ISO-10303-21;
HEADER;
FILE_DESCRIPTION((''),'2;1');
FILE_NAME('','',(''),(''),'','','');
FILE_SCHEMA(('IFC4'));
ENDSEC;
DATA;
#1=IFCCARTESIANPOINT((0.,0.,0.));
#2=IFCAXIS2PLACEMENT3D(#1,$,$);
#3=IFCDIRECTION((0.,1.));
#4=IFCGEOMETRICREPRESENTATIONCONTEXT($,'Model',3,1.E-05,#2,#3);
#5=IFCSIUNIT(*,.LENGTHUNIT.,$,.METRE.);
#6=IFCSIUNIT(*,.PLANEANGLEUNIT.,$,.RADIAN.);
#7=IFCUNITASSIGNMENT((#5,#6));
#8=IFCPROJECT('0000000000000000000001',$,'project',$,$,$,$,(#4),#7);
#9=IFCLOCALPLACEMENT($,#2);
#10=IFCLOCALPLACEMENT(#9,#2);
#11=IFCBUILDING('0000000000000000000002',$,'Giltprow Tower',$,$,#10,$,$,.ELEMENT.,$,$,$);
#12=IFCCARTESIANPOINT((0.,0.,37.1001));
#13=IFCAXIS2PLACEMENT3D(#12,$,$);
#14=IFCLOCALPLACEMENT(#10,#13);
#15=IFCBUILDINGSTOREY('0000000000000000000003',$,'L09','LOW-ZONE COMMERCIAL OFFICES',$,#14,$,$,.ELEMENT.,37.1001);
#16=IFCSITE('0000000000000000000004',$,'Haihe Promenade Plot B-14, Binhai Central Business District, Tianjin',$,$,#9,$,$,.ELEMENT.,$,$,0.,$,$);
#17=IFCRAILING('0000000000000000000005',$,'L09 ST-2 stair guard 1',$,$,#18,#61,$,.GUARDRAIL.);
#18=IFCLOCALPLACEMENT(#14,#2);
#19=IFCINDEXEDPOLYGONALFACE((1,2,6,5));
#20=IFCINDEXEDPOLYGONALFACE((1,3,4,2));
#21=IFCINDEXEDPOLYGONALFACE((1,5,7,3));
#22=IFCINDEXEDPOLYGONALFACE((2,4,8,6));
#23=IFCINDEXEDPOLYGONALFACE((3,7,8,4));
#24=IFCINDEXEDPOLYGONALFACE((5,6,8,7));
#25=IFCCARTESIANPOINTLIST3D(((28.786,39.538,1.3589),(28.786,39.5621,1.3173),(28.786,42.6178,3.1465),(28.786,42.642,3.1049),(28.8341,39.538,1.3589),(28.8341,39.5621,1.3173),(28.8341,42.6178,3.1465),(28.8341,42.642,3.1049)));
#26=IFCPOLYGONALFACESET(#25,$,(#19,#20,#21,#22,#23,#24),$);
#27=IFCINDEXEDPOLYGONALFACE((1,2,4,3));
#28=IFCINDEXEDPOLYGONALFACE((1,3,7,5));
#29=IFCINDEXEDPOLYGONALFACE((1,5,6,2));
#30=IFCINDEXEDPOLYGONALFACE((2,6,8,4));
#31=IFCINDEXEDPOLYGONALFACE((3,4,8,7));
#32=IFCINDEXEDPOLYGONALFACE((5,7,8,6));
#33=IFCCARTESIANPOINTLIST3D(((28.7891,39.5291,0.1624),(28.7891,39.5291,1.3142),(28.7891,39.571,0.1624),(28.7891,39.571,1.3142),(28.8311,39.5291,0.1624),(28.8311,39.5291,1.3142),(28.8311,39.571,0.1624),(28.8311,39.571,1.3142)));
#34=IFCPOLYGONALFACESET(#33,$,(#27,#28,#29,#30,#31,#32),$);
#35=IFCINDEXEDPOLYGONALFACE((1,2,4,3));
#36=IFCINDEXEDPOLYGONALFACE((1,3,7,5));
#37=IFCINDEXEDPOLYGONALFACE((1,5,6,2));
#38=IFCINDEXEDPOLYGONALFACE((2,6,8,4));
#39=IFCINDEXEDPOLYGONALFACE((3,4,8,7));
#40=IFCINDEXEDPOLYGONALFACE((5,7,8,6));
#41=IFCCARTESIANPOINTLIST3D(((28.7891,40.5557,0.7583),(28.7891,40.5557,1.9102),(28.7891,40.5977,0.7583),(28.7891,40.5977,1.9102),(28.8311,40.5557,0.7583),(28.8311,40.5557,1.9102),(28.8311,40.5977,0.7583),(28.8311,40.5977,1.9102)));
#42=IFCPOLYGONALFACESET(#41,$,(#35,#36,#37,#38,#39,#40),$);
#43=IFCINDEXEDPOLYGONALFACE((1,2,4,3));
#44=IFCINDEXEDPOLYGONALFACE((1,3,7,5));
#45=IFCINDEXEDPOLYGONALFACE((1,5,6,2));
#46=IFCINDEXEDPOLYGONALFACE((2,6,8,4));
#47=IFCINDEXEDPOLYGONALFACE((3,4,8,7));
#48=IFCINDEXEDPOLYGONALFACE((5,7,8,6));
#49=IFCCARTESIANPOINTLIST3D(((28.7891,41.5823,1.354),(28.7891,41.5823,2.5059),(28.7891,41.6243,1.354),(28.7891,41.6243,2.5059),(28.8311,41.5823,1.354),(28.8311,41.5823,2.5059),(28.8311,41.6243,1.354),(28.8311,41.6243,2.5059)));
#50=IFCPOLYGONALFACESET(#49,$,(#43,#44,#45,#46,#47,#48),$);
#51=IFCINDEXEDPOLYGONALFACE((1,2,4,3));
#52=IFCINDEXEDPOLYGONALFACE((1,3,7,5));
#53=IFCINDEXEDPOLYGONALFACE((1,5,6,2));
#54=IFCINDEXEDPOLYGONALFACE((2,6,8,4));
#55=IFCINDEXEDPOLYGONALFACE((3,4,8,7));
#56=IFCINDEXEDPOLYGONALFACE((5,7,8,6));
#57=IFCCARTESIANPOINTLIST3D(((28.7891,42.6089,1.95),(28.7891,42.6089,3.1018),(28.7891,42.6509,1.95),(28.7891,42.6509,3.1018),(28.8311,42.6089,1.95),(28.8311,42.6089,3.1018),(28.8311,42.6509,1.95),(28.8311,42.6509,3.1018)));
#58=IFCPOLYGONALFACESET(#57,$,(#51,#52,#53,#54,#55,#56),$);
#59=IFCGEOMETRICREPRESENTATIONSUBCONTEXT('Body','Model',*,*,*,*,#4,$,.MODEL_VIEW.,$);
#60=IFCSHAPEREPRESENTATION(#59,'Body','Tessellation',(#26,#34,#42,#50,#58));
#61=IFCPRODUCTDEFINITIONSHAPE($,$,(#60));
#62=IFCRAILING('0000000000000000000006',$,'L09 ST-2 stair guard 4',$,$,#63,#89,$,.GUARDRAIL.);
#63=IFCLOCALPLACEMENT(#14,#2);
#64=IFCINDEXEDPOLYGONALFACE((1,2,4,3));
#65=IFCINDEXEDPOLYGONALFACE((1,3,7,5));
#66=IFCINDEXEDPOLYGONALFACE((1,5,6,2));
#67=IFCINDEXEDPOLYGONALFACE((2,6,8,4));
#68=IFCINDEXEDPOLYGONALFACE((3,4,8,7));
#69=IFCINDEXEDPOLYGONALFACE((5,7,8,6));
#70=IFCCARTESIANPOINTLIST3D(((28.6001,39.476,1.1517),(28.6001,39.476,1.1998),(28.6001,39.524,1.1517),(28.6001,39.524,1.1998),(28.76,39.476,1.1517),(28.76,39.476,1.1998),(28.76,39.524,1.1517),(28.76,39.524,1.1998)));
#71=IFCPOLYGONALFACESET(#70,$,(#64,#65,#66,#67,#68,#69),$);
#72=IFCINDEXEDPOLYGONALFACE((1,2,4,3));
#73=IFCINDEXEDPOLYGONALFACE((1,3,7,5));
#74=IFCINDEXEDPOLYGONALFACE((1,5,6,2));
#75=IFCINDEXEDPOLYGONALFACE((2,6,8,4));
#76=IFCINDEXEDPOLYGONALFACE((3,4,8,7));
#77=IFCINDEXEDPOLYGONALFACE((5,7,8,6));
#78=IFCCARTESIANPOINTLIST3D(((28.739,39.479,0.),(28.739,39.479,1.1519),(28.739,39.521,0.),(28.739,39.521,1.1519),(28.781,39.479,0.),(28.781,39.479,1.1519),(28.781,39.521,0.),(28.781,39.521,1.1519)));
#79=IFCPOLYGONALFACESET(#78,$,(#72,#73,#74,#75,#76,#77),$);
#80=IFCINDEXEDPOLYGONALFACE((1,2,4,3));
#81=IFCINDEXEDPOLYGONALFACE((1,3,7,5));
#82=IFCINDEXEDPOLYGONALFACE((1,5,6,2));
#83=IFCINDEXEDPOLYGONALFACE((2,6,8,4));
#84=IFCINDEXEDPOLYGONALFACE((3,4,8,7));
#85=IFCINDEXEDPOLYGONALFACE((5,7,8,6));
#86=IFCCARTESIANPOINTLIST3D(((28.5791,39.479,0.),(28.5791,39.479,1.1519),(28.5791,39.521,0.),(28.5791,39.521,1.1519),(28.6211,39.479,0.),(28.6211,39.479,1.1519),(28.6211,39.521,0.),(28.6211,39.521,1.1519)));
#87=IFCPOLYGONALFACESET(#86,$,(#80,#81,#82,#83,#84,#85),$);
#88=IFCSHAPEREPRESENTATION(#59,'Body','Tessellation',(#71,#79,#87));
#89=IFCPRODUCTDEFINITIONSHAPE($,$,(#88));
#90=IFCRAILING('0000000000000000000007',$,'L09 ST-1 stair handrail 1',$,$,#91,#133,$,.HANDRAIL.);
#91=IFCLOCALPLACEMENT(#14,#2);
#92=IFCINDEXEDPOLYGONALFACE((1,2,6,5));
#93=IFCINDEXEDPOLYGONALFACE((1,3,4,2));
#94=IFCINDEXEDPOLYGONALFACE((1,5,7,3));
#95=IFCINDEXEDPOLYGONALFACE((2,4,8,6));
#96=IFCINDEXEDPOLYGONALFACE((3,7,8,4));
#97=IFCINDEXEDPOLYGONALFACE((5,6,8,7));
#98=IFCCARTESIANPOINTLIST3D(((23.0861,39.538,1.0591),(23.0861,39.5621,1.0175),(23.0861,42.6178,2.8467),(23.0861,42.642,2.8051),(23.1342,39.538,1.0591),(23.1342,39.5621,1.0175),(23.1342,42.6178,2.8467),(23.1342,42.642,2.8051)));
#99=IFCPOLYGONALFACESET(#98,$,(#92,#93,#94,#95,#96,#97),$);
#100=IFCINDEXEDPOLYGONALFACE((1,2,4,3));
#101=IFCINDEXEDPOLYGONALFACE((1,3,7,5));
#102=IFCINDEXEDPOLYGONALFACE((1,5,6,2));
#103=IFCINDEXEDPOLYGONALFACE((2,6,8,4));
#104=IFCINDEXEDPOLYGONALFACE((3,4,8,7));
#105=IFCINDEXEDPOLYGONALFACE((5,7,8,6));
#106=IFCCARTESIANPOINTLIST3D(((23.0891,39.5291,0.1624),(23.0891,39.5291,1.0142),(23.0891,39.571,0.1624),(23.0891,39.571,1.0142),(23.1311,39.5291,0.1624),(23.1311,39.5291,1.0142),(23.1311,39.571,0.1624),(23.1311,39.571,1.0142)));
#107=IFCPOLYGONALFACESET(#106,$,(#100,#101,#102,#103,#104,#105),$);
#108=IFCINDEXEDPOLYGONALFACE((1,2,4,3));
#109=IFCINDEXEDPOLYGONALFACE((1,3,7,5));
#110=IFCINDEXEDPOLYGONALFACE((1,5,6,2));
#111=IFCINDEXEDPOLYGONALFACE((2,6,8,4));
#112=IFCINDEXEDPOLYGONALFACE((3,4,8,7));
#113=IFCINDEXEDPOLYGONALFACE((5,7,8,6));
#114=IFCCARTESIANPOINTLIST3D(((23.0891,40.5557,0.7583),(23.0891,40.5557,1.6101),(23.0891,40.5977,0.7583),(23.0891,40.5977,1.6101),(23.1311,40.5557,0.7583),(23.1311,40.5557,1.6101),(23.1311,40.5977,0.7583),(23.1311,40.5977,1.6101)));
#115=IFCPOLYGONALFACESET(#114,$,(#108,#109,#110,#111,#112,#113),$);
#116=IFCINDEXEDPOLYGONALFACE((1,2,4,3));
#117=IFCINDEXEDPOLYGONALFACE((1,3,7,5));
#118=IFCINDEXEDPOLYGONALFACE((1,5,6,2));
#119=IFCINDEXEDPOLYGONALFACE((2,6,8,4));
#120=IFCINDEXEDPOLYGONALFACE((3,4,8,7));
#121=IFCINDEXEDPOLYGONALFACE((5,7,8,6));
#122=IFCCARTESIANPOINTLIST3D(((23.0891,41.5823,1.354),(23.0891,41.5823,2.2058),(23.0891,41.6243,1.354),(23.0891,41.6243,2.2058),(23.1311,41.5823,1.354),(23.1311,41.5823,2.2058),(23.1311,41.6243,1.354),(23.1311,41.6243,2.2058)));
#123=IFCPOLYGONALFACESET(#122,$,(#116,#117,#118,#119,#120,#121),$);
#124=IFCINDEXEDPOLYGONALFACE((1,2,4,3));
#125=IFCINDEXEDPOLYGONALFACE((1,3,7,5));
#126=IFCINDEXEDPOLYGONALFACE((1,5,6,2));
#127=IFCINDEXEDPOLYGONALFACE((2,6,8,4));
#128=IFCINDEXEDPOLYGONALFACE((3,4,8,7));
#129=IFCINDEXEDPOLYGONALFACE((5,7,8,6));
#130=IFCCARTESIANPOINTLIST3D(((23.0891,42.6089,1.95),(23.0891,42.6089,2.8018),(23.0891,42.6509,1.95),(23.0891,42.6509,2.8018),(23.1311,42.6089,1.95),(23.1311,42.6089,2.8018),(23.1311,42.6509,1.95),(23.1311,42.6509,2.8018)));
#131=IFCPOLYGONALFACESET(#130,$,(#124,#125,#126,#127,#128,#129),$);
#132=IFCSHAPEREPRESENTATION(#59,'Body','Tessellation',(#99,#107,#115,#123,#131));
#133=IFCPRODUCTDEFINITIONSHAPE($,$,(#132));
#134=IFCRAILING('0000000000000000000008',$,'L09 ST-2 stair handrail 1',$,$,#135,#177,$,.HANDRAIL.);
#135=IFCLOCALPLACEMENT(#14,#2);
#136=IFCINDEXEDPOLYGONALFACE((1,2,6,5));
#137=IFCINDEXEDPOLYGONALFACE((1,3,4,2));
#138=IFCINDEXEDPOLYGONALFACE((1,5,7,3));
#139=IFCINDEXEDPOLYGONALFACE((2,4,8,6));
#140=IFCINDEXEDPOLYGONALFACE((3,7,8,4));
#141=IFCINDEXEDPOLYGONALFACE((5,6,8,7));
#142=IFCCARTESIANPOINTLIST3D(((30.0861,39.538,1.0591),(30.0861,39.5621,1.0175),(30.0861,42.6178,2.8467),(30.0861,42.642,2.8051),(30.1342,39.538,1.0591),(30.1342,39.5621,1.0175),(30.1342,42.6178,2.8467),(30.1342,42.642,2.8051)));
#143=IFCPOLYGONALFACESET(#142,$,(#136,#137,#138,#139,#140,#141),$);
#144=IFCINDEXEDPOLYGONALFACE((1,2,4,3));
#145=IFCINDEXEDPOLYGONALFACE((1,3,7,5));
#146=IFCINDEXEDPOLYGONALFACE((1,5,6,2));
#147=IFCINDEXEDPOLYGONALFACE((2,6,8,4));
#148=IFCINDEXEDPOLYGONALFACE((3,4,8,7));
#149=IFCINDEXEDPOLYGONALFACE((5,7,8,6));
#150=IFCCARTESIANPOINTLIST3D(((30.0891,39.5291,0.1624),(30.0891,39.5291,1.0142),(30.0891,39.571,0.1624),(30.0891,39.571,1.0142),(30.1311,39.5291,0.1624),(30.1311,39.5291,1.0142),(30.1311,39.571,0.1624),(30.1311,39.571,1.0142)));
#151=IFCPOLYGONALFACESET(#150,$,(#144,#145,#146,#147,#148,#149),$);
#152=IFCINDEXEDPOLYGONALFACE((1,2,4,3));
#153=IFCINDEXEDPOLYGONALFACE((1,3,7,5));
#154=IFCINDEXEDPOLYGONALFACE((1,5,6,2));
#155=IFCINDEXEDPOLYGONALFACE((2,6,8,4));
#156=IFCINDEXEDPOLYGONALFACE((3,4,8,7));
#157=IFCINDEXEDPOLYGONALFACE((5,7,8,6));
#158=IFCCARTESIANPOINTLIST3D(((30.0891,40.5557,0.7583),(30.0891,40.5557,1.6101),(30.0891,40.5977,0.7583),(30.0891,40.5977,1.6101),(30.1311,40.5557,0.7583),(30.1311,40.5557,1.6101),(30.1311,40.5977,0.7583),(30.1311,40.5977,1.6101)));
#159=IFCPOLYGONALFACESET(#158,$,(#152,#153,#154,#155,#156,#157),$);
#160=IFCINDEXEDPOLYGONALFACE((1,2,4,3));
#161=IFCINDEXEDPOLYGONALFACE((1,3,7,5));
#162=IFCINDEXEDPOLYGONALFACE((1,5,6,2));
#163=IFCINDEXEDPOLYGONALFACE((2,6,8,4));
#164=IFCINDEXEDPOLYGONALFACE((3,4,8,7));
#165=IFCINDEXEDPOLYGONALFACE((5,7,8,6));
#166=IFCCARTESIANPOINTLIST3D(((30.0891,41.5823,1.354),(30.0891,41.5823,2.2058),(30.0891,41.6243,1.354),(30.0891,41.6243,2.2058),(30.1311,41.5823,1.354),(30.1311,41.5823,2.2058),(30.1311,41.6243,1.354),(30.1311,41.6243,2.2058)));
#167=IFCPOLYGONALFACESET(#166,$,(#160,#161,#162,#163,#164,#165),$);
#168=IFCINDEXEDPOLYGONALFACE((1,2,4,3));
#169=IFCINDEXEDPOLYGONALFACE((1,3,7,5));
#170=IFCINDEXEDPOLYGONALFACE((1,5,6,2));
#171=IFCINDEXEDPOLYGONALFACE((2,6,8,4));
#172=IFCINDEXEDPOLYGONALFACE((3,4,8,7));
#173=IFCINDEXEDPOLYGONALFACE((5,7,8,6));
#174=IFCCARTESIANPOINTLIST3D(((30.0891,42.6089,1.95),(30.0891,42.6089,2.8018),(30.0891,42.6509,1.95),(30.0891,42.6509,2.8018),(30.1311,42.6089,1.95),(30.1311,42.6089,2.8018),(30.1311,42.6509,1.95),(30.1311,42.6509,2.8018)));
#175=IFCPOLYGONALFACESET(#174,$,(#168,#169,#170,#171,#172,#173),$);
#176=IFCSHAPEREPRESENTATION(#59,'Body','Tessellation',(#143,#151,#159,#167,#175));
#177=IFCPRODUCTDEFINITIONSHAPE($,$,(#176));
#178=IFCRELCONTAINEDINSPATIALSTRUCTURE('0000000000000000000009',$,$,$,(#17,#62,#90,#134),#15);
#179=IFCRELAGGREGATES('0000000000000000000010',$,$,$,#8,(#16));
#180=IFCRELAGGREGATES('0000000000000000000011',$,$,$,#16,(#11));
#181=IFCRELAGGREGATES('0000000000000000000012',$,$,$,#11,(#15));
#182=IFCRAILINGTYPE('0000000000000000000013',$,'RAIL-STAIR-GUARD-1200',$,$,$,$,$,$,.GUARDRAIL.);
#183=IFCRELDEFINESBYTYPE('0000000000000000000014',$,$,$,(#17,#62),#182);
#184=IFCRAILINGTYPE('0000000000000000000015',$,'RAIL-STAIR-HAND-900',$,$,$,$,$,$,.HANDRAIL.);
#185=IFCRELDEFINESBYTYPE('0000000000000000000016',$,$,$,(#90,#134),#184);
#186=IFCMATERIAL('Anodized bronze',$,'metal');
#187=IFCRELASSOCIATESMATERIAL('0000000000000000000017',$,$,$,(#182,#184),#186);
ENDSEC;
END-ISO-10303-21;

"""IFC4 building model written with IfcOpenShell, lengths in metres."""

from ifc_helpers import new_model, si_unit, direction, frame, origin, origin_2d, place, context, subcontext, project, spatial, rectangle, extrude, material, type_object, element, save


model = new_model("IFC4")

# Units and contexts
model_context = context("Model", 3, precision=1e-05, world=origin(), true_north=direction((0.0, 1.0)))
body_context = subcontext(model_context, "Body", "Model", "MODEL_VIEW")
ifc_project = project(units=[si_unit("LENGTHUNIT", "METRE"), si_unit("PLANEANGLEUNIT", "RADIAN")], contexts=[model_context])

# Site, building, storey
site_placement = place(None, origin())
site = spatial("IfcSite", under=ifc_project, at=site_placement, Name="Haihe Promenade Plot B-14, Binhai Central Business District, Tianjin", CompositionType="ELEMENT", RefElevation=0.0)
building_placement = place(site_placement, origin())
building = spatial("IfcBuilding", under=site, at=building_placement, Name="Giltprow Tower", CompositionType="ELEMENT")
storey_placement = place(building_placement, frame((0.0, 0.0, 37.1001)))
storey = spatial("IfcBuildingStorey", under=building, at=storey_placement, Name="L09", Description="LOW-ZONE COMMERCIAL OFFICES", CompositionType="ELEMENT", Elevation=37.1001)

# Railings
ifc_material_1 = material(Name="Anodized bronze", Category="metal")
railing_type_1 = type_object("IfcRailingType", Name="RAIL-STAIR-GUARD-1200", PredefinedType="GUARDRAIL", material=ifc_material_1)
railing_1_placement = place(storey_placement, frame((28.8101, 39.55, 0.1624)))
element("IfcRailing", 1, at=railing_1_placement, inside=storey, type_object=railing_type_1, Name="L09 ST-2 stair guard 1", PredefinedType="GUARDRAIL", context=body_context, shape_type="SweptSolid", body=[
    extrude(rectangle(XDim=0.0481, YDim=0.0481, at=origin_2d()), frame((0.0, 0.0, 1.1758), z_axis=(0.0, 0.864873, 0.50199), x_axis=(-1.0, 0.0, 0.0)), (0.0, 0.0, 1.0), 3.561),
    extrude(rectangle(XDim=0.042, YDim=0.042, at=origin_2d()), origin(), (0.0, 0.0, 1.0), 1.1519),
    extrude(rectangle(XDim=0.042, YDim=0.042, at=origin_2d()), frame((0.0, 1.0266, 0.5959)), (0.0, 0.0, 1.0), 1.1519),
    extrude(rectangle(XDim=0.042, YDim=0.042, at=origin_2d()), frame((0.0, 2.0532, 1.1917)), (0.0, 0.0, 1.0), 1.1519),
    extrude(rectangle(XDim=0.042, YDim=0.042, at=origin_2d()), frame((0.0, 3.0798, 1.7876)), (0.0, 0.0, 1.0), 1.1519),
])
railing_2_placement = place(storey_placement, frame((28.76, 39.5, 0.0)))
element("IfcRailing", 2, at=railing_2_placement, inside=storey, type_object=railing_type_1, Name="L09 ST-2 stair guard 4", PredefinedType="GUARDRAIL", context=body_context, shape_type="SweptSolid", body=[
    extrude(rectangle(XDim=0.0481, YDim=0.0481, at=origin_2d()), frame((0.0, 0.0, 1.1758), z_axis=(-1.0, 0.0, 0.0), x_axis=(0.0, -1.0, 0.0)), (0.0, 0.0, 1.0), 0.1599),
    extrude(rectangle(XDim=0.042, YDim=0.042, at=origin_2d()), origin(), (0.0, 0.0, 1.0), 1.1519),
    extrude(rectangle(XDim=0.042, YDim=0.042, at=origin_2d()), frame((-0.1599, 0.0, 0.0)), (0.0, 0.0, 1.0), 1.1519),
])
railing_type_2 = type_object("IfcRailingType", Name="RAIL-STAIR-HAND-900", PredefinedType="HANDRAIL", material=ifc_material_1)
for number, where, name in (
    (3, (23.1101, 39.55, 0.1624), "L09 ST-1 stair handrail 1"),
    (4, (30.1101, 39.55, 0.1624), "L09 ST-2 stair handrail 1"),
):
    element("IfcRailing", number, at=place(storey_placement, frame(where)), inside=storey, type_object=railing_type_2, Name=name, PredefinedType="HANDRAIL", context=body_context, shape_type="SweptSolid", body=[
        extrude(rectangle(XDim=0.0481, YDim=0.0481, at=origin_2d()), frame((0.0, 0.0, 0.876), z_axis=(0.0, 0.864873, 0.50199), x_axis=(-1.0, 0.0, 0.0)), (0.0, 0.0, 1.0), 3.561),
        extrude(rectangle(XDim=0.042, YDim=0.042, at=origin_2d()), origin(), (0.0, 0.0, 1.0), 0.8518),
        extrude(rectangle(XDim=0.042, YDim=0.042, at=origin_2d()), frame((0.0, 1.0266, 0.5959)), (0.0, 0.0, 1.0), 0.8518),
        extrude(rectangle(XDim=0.042, YDim=0.042, at=origin_2d()), frame((0.0, 2.0532, 1.1917)), (0.0, 0.0, 1.0), 0.8518),
        extrude(rectangle(XDim=0.042, YDim=0.042, at=origin_2d()), frame((0.0, 3.0798, 1.7876)), (0.0, 0.0, 1.0), 0.8518),
    ])

save(model, "model.ifc")
